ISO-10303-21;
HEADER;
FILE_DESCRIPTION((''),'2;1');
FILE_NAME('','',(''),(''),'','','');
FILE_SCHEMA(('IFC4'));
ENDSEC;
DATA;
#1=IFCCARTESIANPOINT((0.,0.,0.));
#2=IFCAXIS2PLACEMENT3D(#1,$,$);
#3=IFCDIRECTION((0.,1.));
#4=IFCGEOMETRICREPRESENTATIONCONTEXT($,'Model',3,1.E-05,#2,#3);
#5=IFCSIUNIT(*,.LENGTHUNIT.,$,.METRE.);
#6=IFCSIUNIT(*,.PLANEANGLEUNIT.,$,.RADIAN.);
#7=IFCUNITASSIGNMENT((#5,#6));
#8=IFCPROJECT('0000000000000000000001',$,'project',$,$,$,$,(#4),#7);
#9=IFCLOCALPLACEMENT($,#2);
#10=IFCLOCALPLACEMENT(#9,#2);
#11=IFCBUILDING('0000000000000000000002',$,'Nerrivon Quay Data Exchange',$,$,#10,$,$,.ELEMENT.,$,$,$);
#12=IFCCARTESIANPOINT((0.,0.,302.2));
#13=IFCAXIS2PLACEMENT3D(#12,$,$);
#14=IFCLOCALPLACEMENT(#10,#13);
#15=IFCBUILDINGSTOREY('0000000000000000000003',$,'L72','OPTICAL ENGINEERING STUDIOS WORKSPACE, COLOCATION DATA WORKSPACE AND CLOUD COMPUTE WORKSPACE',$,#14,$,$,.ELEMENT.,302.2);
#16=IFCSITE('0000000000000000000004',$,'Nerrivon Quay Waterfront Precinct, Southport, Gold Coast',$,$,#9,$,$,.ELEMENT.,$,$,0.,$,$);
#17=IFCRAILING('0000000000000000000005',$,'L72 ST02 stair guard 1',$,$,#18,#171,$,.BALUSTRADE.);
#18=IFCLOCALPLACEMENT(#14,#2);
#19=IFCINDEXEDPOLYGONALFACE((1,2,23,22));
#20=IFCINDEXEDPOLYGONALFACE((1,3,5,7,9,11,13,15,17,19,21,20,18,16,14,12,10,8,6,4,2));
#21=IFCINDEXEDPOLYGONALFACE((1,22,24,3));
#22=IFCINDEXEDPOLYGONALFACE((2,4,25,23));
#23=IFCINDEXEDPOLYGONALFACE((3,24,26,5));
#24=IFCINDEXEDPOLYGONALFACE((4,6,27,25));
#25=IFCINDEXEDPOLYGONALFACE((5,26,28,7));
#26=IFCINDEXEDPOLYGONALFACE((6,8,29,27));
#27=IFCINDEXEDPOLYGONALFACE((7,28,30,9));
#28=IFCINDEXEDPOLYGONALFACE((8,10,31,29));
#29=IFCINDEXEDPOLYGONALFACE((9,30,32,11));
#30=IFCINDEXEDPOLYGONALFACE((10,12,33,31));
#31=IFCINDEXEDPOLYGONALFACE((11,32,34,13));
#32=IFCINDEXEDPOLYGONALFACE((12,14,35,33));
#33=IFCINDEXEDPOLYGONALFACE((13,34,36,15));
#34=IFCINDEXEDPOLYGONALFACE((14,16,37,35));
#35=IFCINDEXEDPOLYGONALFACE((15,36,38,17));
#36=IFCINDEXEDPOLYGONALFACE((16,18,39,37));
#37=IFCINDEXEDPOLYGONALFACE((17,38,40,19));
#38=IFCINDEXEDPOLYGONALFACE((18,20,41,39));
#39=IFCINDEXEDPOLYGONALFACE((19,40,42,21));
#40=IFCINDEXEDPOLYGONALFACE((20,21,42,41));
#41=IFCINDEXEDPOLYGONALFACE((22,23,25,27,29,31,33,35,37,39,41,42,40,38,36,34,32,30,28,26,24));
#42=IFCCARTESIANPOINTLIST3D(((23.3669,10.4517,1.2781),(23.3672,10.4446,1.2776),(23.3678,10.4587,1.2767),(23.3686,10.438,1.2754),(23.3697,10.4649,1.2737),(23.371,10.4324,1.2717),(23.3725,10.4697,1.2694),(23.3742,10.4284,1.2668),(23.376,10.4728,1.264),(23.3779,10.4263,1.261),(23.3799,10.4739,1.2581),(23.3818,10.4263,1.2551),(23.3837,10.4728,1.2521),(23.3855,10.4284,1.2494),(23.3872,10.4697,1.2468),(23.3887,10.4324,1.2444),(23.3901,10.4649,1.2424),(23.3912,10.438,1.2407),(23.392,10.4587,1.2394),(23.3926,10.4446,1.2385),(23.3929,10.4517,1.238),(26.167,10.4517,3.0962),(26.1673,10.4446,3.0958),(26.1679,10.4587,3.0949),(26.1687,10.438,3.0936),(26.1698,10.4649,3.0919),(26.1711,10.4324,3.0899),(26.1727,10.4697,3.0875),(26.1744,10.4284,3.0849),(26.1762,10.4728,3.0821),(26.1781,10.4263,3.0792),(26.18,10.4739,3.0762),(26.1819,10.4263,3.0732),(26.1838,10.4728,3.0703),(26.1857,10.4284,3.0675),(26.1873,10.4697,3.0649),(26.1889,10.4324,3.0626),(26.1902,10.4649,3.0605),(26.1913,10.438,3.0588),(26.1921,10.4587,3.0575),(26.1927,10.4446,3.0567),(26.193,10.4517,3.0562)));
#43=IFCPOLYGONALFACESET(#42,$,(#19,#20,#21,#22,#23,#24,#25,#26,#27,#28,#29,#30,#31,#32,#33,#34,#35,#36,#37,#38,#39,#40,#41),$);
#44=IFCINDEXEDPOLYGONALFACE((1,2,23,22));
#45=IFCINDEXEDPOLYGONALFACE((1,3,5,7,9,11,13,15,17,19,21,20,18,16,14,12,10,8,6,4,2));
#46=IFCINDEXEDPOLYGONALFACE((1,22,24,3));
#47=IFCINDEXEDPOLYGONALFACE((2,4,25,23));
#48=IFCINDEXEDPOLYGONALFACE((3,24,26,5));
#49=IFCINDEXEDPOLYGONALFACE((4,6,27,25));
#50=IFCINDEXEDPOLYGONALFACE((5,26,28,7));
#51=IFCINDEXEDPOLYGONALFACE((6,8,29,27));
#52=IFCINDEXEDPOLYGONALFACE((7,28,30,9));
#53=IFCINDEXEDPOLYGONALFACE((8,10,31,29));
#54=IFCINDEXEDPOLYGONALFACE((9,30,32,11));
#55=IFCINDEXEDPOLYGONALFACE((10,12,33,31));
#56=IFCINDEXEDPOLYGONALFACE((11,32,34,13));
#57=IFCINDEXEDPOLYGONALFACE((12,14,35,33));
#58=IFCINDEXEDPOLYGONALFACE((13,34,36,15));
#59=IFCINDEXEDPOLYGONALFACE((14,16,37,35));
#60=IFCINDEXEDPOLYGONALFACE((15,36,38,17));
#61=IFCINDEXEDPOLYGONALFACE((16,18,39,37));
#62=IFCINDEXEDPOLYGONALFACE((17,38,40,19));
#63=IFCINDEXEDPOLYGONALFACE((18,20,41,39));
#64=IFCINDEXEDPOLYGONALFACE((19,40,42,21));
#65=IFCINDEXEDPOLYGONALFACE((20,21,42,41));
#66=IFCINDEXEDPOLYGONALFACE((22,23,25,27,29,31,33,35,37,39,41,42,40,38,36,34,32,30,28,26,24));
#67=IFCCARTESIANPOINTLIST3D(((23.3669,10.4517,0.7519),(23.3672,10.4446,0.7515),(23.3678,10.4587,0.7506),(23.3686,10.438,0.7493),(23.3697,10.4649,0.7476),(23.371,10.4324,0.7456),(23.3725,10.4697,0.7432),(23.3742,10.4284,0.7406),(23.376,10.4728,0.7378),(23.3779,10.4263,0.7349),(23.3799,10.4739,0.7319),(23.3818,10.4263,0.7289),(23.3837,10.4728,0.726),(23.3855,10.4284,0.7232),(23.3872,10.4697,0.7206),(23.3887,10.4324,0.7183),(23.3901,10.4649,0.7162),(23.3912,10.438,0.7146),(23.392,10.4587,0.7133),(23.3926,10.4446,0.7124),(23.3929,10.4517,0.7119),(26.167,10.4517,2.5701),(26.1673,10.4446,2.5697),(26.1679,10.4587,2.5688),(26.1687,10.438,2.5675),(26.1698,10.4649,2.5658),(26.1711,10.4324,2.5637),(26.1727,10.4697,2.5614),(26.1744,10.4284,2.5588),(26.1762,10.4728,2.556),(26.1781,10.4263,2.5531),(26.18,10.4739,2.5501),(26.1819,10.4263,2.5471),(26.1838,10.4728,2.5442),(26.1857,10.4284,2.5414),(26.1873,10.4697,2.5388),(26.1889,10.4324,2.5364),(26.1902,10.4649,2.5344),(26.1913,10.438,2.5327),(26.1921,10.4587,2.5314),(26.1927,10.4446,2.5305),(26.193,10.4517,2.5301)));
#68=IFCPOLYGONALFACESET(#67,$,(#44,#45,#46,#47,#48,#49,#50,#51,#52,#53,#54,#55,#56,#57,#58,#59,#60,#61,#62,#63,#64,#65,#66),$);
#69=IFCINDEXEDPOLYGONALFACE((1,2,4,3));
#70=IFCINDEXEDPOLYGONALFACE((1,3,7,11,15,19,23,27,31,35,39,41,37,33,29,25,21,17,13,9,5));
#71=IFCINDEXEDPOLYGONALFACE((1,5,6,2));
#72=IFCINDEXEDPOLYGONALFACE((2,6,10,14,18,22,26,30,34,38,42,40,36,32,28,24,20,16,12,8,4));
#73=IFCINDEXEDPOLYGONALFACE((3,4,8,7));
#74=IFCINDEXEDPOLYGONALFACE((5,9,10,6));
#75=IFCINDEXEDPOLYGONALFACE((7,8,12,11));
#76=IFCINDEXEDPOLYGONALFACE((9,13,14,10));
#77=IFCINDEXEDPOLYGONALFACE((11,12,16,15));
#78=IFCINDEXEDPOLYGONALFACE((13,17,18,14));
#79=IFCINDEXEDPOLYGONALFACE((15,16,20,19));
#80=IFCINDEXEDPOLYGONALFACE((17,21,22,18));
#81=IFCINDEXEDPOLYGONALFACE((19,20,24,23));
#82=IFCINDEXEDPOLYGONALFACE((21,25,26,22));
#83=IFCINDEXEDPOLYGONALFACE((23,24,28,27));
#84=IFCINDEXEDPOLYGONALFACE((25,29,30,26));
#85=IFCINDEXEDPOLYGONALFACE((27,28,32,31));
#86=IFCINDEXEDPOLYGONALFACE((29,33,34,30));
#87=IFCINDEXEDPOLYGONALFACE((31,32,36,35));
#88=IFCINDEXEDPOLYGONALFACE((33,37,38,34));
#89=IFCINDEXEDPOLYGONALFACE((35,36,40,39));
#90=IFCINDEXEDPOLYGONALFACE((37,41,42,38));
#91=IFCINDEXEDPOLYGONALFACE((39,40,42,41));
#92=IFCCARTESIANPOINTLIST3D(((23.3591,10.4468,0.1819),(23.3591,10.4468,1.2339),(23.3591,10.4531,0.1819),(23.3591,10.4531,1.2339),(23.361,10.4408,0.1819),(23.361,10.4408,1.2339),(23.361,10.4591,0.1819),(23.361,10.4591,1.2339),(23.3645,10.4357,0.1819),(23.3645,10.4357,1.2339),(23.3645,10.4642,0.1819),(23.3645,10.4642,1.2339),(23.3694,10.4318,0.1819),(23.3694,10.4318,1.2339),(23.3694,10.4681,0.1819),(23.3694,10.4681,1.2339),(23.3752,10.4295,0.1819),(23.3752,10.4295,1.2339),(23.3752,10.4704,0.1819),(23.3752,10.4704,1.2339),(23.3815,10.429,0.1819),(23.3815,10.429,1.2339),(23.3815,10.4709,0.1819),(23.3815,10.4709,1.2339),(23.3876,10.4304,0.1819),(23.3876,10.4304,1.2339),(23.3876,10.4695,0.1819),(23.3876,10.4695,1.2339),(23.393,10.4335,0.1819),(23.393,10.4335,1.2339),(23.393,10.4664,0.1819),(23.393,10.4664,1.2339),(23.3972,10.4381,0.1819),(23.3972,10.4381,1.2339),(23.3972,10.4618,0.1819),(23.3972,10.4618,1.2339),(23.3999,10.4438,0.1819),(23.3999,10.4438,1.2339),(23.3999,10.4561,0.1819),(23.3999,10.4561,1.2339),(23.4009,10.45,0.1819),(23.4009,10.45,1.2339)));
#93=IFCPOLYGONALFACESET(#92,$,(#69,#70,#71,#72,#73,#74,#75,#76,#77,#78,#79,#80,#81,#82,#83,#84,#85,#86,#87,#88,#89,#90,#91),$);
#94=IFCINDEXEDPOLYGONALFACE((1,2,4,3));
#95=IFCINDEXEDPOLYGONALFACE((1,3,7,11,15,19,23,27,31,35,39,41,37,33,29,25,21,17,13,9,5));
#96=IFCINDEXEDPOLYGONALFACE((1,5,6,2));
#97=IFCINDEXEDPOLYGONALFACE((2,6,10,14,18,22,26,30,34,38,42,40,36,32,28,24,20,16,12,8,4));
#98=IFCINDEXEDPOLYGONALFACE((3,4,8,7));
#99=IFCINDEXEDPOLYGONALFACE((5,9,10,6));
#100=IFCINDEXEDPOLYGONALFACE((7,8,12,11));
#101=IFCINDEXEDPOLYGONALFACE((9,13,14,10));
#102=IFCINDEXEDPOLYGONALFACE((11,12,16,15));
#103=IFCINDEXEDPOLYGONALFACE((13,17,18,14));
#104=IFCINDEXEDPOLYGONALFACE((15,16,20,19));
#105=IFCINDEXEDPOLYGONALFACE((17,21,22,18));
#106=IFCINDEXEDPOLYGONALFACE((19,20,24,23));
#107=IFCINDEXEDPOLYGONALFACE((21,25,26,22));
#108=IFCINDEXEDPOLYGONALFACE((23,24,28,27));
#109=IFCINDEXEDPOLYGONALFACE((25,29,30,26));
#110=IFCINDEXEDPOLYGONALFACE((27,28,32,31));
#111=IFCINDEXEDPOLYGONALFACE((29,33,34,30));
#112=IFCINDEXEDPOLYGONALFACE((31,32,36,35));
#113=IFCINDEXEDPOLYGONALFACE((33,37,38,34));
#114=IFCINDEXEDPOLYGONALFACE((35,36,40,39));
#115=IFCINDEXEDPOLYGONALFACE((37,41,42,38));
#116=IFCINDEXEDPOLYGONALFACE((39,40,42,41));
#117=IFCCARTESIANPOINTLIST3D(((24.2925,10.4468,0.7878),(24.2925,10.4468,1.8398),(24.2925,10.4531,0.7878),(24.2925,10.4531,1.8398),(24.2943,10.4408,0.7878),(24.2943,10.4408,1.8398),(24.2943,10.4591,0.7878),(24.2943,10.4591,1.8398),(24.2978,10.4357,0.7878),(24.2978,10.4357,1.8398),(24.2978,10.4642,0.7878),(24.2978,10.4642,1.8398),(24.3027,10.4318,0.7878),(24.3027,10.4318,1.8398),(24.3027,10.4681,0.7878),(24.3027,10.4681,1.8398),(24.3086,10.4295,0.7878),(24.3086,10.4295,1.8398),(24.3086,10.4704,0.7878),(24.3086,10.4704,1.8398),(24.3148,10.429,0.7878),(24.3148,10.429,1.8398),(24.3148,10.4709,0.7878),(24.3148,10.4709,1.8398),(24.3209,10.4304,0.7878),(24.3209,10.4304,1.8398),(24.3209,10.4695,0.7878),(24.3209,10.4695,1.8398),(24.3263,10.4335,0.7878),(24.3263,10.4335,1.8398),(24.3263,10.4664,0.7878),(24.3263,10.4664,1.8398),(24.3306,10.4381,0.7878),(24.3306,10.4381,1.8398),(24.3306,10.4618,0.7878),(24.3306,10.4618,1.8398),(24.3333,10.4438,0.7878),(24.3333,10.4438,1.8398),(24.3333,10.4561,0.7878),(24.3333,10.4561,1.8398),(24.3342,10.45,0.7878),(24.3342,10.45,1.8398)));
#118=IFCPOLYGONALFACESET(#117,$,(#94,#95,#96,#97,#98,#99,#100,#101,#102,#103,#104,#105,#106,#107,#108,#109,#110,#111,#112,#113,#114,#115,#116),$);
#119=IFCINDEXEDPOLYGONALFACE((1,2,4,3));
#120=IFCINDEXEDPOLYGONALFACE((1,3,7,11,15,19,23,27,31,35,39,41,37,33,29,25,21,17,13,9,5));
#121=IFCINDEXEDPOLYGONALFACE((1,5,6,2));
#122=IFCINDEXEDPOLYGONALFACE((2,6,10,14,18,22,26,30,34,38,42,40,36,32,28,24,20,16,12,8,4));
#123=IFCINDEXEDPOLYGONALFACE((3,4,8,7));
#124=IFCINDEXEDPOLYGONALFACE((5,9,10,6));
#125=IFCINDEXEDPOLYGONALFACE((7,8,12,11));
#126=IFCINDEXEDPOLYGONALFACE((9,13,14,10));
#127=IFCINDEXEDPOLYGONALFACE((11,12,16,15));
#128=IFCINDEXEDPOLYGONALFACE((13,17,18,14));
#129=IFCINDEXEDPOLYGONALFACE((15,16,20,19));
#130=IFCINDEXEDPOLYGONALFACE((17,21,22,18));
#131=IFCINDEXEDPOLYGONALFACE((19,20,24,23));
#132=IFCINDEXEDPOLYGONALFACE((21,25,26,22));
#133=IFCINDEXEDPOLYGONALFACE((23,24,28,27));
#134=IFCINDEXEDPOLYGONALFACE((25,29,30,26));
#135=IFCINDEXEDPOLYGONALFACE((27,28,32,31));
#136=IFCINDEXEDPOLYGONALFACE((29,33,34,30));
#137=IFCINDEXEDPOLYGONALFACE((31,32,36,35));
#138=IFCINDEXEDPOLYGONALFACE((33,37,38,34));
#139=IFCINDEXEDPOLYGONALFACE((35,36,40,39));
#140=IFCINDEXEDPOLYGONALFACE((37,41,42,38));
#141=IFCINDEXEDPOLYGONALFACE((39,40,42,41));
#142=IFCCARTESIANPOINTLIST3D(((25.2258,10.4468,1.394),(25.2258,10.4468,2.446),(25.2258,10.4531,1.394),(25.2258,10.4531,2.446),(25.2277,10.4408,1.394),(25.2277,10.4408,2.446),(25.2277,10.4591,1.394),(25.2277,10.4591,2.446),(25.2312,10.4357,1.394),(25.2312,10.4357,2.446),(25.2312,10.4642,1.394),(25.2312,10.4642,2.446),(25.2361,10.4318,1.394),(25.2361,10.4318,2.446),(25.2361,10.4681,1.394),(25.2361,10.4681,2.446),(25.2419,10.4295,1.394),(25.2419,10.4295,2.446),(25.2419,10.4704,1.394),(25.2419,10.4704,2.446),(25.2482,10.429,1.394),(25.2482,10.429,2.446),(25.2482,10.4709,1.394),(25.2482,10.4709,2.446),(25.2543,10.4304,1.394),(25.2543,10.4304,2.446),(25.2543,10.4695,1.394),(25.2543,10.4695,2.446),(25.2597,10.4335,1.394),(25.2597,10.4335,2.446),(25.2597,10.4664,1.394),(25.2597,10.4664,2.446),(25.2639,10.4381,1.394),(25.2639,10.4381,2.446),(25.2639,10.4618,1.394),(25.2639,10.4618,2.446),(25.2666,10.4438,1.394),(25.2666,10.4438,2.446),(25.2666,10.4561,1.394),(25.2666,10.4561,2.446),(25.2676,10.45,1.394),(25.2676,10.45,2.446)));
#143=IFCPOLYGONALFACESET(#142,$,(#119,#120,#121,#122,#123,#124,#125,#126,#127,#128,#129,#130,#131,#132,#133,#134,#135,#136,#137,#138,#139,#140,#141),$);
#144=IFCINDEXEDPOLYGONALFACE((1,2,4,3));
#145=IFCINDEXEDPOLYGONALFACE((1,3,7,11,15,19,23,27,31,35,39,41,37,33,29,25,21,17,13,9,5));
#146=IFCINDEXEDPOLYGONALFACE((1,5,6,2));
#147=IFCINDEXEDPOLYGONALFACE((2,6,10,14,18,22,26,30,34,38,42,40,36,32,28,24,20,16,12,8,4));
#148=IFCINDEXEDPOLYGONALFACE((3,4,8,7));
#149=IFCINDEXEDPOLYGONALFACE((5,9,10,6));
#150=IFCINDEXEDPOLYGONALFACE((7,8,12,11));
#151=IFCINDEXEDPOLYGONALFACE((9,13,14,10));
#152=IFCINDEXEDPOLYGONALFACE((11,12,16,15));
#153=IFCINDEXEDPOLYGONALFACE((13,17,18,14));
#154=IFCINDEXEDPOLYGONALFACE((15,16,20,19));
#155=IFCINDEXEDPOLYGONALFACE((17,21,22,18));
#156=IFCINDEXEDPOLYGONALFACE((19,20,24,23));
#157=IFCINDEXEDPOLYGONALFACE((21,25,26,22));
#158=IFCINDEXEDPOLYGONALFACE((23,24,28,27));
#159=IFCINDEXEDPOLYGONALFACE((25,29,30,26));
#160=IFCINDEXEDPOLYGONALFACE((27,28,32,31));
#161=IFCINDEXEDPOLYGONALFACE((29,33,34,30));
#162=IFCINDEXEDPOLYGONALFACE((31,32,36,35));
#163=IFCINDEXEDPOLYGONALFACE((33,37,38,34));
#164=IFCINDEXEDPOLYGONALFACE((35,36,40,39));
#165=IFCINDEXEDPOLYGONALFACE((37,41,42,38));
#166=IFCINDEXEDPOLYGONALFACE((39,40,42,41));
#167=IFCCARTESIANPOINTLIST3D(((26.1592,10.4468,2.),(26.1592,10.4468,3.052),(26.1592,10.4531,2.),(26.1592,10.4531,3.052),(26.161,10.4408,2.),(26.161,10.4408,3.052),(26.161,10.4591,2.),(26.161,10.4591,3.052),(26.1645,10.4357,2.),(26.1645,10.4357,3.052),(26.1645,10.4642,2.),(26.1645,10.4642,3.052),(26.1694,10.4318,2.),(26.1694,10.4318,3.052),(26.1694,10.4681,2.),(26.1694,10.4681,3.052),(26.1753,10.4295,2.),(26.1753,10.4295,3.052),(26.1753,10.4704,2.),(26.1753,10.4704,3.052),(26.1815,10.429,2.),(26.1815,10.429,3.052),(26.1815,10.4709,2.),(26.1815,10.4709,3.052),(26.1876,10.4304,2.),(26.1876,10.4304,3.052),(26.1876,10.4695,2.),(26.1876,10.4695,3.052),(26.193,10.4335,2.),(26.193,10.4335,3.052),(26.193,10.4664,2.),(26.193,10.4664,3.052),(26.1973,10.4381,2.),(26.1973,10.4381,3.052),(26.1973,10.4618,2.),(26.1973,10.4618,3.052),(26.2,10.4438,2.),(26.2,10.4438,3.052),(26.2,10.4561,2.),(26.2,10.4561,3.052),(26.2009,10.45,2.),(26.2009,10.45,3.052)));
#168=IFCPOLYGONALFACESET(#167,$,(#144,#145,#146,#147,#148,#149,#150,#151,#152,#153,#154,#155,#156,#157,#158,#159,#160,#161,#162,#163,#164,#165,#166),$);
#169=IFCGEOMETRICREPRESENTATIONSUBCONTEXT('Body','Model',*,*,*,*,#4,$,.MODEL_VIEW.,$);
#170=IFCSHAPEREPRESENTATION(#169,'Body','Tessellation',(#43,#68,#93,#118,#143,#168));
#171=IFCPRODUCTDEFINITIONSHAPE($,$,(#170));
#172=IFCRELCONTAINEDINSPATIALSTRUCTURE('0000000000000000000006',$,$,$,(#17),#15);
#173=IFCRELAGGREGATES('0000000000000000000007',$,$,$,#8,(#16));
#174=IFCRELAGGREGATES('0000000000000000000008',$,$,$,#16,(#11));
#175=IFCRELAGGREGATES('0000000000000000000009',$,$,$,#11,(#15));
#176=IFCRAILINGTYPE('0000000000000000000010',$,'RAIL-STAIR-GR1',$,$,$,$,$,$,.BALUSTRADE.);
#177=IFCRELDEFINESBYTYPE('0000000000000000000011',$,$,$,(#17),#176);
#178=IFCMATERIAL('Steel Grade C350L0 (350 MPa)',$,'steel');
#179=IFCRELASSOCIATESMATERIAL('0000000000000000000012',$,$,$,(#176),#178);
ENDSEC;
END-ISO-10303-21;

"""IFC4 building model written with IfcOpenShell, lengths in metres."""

from ifc_helpers import new_model, si_unit, direction, frame, origin, origin_2d, place, context, subcontext, project, spatial, circle, extrude, material, type_object, element, save


model = new_model("IFC4")

# Units and contexts
model_context = context("Model", 3, precision=1e-05, world=origin(), true_north=direction((0.0, 1.0)))
body_context = subcontext(model_context, "Body", "Model", "MODEL_VIEW")
ifc_project = project(units=[si_unit("LENGTHUNIT", "METRE"), si_unit("PLANEANGLEUNIT", "RADIAN")], contexts=[model_context])

# Site, building, storey
site_placement = place(None, origin())
site = spatial("IfcSite", under=ifc_project, at=site_placement, Name="Nerrivon Quay Waterfront Precinct, Southport, Gold Coast", CompositionType="ELEMENT", RefElevation=0.0)
building_placement = place(site_placement, origin())
building = spatial("IfcBuilding", under=site, at=building_placement, Name="Nerrivon Quay Data Exchange", CompositionType="ELEMENT")
storey_placement = place(building_placement, frame((0.0, 0.0, 302.2)))
storey = spatial("IfcBuildingStorey", under=building, at=storey_placement, Name="L72", Description="OPTICAL ENGINEERING STUDIOS WORKSPACE, COLOCATION DATA WORKSPACE AND CLOUD COMPUTE WORKSPACE", CompositionType="ELEMENT", Elevation=302.2)

# Railing
ifc_material_1 = material(Name="Steel Grade C350L0 (350 MPa)", Category="steel")
railing_type_1 = type_object("IfcRailingType", Name="RAIL-STAIR-GR1", PredefinedType="BALUSTRADE", material=ifc_material_1)
railing_1_placement = place(storey_placement, frame((23.3799, 10.45, 0.1819)))
element("IfcRailing", 1, at=railing_1_placement, inside=storey, type_object=railing_type_1, Name="L72 ST02 stair guard 1", PredefinedType="BALUSTRADE", context=body_context, shape_type="SweptSolid", body=[
    extrude(circle(Radius=0.0239, at=origin_2d()), frame((0.0, 0.0, 1.0762), z_axis=(0.838706, 0.0, 0.544585), x_axis=(0.0, 1.0, 0.0)), (0.0, 0.0, 1.0), 3.3386),
    extrude(circle(Radius=0.0239, at=origin_2d()), frame((0.0, 0.0, 0.55), z_axis=(0.838706, 0.0, 0.544585), x_axis=(0.0, 1.0, 0.0)), (0.0, 0.0, 1.0), 3.3386),
    extrude(circle(Radius=0.021, at=origin_2d()), origin(), (0.0, 0.0, 1.0), 1.052),
    extrude(circle(Radius=0.021, at=origin_2d()), frame((0.9333, 0.0, 0.606)), (0.0, 0.0, 1.0), 1.052),
    extrude(circle(Radius=0.021, at=origin_2d()), frame((1.8667, 0.0, 1.2122)), (0.0, 0.0, 1.0), 1.052),
    extrude(circle(Radius=0.021, at=origin_2d()), frame((2.8, 0.0, 1.8181)), (0.0, 0.0, 1.0), 1.052),
])

save(model, "model.ifc")
